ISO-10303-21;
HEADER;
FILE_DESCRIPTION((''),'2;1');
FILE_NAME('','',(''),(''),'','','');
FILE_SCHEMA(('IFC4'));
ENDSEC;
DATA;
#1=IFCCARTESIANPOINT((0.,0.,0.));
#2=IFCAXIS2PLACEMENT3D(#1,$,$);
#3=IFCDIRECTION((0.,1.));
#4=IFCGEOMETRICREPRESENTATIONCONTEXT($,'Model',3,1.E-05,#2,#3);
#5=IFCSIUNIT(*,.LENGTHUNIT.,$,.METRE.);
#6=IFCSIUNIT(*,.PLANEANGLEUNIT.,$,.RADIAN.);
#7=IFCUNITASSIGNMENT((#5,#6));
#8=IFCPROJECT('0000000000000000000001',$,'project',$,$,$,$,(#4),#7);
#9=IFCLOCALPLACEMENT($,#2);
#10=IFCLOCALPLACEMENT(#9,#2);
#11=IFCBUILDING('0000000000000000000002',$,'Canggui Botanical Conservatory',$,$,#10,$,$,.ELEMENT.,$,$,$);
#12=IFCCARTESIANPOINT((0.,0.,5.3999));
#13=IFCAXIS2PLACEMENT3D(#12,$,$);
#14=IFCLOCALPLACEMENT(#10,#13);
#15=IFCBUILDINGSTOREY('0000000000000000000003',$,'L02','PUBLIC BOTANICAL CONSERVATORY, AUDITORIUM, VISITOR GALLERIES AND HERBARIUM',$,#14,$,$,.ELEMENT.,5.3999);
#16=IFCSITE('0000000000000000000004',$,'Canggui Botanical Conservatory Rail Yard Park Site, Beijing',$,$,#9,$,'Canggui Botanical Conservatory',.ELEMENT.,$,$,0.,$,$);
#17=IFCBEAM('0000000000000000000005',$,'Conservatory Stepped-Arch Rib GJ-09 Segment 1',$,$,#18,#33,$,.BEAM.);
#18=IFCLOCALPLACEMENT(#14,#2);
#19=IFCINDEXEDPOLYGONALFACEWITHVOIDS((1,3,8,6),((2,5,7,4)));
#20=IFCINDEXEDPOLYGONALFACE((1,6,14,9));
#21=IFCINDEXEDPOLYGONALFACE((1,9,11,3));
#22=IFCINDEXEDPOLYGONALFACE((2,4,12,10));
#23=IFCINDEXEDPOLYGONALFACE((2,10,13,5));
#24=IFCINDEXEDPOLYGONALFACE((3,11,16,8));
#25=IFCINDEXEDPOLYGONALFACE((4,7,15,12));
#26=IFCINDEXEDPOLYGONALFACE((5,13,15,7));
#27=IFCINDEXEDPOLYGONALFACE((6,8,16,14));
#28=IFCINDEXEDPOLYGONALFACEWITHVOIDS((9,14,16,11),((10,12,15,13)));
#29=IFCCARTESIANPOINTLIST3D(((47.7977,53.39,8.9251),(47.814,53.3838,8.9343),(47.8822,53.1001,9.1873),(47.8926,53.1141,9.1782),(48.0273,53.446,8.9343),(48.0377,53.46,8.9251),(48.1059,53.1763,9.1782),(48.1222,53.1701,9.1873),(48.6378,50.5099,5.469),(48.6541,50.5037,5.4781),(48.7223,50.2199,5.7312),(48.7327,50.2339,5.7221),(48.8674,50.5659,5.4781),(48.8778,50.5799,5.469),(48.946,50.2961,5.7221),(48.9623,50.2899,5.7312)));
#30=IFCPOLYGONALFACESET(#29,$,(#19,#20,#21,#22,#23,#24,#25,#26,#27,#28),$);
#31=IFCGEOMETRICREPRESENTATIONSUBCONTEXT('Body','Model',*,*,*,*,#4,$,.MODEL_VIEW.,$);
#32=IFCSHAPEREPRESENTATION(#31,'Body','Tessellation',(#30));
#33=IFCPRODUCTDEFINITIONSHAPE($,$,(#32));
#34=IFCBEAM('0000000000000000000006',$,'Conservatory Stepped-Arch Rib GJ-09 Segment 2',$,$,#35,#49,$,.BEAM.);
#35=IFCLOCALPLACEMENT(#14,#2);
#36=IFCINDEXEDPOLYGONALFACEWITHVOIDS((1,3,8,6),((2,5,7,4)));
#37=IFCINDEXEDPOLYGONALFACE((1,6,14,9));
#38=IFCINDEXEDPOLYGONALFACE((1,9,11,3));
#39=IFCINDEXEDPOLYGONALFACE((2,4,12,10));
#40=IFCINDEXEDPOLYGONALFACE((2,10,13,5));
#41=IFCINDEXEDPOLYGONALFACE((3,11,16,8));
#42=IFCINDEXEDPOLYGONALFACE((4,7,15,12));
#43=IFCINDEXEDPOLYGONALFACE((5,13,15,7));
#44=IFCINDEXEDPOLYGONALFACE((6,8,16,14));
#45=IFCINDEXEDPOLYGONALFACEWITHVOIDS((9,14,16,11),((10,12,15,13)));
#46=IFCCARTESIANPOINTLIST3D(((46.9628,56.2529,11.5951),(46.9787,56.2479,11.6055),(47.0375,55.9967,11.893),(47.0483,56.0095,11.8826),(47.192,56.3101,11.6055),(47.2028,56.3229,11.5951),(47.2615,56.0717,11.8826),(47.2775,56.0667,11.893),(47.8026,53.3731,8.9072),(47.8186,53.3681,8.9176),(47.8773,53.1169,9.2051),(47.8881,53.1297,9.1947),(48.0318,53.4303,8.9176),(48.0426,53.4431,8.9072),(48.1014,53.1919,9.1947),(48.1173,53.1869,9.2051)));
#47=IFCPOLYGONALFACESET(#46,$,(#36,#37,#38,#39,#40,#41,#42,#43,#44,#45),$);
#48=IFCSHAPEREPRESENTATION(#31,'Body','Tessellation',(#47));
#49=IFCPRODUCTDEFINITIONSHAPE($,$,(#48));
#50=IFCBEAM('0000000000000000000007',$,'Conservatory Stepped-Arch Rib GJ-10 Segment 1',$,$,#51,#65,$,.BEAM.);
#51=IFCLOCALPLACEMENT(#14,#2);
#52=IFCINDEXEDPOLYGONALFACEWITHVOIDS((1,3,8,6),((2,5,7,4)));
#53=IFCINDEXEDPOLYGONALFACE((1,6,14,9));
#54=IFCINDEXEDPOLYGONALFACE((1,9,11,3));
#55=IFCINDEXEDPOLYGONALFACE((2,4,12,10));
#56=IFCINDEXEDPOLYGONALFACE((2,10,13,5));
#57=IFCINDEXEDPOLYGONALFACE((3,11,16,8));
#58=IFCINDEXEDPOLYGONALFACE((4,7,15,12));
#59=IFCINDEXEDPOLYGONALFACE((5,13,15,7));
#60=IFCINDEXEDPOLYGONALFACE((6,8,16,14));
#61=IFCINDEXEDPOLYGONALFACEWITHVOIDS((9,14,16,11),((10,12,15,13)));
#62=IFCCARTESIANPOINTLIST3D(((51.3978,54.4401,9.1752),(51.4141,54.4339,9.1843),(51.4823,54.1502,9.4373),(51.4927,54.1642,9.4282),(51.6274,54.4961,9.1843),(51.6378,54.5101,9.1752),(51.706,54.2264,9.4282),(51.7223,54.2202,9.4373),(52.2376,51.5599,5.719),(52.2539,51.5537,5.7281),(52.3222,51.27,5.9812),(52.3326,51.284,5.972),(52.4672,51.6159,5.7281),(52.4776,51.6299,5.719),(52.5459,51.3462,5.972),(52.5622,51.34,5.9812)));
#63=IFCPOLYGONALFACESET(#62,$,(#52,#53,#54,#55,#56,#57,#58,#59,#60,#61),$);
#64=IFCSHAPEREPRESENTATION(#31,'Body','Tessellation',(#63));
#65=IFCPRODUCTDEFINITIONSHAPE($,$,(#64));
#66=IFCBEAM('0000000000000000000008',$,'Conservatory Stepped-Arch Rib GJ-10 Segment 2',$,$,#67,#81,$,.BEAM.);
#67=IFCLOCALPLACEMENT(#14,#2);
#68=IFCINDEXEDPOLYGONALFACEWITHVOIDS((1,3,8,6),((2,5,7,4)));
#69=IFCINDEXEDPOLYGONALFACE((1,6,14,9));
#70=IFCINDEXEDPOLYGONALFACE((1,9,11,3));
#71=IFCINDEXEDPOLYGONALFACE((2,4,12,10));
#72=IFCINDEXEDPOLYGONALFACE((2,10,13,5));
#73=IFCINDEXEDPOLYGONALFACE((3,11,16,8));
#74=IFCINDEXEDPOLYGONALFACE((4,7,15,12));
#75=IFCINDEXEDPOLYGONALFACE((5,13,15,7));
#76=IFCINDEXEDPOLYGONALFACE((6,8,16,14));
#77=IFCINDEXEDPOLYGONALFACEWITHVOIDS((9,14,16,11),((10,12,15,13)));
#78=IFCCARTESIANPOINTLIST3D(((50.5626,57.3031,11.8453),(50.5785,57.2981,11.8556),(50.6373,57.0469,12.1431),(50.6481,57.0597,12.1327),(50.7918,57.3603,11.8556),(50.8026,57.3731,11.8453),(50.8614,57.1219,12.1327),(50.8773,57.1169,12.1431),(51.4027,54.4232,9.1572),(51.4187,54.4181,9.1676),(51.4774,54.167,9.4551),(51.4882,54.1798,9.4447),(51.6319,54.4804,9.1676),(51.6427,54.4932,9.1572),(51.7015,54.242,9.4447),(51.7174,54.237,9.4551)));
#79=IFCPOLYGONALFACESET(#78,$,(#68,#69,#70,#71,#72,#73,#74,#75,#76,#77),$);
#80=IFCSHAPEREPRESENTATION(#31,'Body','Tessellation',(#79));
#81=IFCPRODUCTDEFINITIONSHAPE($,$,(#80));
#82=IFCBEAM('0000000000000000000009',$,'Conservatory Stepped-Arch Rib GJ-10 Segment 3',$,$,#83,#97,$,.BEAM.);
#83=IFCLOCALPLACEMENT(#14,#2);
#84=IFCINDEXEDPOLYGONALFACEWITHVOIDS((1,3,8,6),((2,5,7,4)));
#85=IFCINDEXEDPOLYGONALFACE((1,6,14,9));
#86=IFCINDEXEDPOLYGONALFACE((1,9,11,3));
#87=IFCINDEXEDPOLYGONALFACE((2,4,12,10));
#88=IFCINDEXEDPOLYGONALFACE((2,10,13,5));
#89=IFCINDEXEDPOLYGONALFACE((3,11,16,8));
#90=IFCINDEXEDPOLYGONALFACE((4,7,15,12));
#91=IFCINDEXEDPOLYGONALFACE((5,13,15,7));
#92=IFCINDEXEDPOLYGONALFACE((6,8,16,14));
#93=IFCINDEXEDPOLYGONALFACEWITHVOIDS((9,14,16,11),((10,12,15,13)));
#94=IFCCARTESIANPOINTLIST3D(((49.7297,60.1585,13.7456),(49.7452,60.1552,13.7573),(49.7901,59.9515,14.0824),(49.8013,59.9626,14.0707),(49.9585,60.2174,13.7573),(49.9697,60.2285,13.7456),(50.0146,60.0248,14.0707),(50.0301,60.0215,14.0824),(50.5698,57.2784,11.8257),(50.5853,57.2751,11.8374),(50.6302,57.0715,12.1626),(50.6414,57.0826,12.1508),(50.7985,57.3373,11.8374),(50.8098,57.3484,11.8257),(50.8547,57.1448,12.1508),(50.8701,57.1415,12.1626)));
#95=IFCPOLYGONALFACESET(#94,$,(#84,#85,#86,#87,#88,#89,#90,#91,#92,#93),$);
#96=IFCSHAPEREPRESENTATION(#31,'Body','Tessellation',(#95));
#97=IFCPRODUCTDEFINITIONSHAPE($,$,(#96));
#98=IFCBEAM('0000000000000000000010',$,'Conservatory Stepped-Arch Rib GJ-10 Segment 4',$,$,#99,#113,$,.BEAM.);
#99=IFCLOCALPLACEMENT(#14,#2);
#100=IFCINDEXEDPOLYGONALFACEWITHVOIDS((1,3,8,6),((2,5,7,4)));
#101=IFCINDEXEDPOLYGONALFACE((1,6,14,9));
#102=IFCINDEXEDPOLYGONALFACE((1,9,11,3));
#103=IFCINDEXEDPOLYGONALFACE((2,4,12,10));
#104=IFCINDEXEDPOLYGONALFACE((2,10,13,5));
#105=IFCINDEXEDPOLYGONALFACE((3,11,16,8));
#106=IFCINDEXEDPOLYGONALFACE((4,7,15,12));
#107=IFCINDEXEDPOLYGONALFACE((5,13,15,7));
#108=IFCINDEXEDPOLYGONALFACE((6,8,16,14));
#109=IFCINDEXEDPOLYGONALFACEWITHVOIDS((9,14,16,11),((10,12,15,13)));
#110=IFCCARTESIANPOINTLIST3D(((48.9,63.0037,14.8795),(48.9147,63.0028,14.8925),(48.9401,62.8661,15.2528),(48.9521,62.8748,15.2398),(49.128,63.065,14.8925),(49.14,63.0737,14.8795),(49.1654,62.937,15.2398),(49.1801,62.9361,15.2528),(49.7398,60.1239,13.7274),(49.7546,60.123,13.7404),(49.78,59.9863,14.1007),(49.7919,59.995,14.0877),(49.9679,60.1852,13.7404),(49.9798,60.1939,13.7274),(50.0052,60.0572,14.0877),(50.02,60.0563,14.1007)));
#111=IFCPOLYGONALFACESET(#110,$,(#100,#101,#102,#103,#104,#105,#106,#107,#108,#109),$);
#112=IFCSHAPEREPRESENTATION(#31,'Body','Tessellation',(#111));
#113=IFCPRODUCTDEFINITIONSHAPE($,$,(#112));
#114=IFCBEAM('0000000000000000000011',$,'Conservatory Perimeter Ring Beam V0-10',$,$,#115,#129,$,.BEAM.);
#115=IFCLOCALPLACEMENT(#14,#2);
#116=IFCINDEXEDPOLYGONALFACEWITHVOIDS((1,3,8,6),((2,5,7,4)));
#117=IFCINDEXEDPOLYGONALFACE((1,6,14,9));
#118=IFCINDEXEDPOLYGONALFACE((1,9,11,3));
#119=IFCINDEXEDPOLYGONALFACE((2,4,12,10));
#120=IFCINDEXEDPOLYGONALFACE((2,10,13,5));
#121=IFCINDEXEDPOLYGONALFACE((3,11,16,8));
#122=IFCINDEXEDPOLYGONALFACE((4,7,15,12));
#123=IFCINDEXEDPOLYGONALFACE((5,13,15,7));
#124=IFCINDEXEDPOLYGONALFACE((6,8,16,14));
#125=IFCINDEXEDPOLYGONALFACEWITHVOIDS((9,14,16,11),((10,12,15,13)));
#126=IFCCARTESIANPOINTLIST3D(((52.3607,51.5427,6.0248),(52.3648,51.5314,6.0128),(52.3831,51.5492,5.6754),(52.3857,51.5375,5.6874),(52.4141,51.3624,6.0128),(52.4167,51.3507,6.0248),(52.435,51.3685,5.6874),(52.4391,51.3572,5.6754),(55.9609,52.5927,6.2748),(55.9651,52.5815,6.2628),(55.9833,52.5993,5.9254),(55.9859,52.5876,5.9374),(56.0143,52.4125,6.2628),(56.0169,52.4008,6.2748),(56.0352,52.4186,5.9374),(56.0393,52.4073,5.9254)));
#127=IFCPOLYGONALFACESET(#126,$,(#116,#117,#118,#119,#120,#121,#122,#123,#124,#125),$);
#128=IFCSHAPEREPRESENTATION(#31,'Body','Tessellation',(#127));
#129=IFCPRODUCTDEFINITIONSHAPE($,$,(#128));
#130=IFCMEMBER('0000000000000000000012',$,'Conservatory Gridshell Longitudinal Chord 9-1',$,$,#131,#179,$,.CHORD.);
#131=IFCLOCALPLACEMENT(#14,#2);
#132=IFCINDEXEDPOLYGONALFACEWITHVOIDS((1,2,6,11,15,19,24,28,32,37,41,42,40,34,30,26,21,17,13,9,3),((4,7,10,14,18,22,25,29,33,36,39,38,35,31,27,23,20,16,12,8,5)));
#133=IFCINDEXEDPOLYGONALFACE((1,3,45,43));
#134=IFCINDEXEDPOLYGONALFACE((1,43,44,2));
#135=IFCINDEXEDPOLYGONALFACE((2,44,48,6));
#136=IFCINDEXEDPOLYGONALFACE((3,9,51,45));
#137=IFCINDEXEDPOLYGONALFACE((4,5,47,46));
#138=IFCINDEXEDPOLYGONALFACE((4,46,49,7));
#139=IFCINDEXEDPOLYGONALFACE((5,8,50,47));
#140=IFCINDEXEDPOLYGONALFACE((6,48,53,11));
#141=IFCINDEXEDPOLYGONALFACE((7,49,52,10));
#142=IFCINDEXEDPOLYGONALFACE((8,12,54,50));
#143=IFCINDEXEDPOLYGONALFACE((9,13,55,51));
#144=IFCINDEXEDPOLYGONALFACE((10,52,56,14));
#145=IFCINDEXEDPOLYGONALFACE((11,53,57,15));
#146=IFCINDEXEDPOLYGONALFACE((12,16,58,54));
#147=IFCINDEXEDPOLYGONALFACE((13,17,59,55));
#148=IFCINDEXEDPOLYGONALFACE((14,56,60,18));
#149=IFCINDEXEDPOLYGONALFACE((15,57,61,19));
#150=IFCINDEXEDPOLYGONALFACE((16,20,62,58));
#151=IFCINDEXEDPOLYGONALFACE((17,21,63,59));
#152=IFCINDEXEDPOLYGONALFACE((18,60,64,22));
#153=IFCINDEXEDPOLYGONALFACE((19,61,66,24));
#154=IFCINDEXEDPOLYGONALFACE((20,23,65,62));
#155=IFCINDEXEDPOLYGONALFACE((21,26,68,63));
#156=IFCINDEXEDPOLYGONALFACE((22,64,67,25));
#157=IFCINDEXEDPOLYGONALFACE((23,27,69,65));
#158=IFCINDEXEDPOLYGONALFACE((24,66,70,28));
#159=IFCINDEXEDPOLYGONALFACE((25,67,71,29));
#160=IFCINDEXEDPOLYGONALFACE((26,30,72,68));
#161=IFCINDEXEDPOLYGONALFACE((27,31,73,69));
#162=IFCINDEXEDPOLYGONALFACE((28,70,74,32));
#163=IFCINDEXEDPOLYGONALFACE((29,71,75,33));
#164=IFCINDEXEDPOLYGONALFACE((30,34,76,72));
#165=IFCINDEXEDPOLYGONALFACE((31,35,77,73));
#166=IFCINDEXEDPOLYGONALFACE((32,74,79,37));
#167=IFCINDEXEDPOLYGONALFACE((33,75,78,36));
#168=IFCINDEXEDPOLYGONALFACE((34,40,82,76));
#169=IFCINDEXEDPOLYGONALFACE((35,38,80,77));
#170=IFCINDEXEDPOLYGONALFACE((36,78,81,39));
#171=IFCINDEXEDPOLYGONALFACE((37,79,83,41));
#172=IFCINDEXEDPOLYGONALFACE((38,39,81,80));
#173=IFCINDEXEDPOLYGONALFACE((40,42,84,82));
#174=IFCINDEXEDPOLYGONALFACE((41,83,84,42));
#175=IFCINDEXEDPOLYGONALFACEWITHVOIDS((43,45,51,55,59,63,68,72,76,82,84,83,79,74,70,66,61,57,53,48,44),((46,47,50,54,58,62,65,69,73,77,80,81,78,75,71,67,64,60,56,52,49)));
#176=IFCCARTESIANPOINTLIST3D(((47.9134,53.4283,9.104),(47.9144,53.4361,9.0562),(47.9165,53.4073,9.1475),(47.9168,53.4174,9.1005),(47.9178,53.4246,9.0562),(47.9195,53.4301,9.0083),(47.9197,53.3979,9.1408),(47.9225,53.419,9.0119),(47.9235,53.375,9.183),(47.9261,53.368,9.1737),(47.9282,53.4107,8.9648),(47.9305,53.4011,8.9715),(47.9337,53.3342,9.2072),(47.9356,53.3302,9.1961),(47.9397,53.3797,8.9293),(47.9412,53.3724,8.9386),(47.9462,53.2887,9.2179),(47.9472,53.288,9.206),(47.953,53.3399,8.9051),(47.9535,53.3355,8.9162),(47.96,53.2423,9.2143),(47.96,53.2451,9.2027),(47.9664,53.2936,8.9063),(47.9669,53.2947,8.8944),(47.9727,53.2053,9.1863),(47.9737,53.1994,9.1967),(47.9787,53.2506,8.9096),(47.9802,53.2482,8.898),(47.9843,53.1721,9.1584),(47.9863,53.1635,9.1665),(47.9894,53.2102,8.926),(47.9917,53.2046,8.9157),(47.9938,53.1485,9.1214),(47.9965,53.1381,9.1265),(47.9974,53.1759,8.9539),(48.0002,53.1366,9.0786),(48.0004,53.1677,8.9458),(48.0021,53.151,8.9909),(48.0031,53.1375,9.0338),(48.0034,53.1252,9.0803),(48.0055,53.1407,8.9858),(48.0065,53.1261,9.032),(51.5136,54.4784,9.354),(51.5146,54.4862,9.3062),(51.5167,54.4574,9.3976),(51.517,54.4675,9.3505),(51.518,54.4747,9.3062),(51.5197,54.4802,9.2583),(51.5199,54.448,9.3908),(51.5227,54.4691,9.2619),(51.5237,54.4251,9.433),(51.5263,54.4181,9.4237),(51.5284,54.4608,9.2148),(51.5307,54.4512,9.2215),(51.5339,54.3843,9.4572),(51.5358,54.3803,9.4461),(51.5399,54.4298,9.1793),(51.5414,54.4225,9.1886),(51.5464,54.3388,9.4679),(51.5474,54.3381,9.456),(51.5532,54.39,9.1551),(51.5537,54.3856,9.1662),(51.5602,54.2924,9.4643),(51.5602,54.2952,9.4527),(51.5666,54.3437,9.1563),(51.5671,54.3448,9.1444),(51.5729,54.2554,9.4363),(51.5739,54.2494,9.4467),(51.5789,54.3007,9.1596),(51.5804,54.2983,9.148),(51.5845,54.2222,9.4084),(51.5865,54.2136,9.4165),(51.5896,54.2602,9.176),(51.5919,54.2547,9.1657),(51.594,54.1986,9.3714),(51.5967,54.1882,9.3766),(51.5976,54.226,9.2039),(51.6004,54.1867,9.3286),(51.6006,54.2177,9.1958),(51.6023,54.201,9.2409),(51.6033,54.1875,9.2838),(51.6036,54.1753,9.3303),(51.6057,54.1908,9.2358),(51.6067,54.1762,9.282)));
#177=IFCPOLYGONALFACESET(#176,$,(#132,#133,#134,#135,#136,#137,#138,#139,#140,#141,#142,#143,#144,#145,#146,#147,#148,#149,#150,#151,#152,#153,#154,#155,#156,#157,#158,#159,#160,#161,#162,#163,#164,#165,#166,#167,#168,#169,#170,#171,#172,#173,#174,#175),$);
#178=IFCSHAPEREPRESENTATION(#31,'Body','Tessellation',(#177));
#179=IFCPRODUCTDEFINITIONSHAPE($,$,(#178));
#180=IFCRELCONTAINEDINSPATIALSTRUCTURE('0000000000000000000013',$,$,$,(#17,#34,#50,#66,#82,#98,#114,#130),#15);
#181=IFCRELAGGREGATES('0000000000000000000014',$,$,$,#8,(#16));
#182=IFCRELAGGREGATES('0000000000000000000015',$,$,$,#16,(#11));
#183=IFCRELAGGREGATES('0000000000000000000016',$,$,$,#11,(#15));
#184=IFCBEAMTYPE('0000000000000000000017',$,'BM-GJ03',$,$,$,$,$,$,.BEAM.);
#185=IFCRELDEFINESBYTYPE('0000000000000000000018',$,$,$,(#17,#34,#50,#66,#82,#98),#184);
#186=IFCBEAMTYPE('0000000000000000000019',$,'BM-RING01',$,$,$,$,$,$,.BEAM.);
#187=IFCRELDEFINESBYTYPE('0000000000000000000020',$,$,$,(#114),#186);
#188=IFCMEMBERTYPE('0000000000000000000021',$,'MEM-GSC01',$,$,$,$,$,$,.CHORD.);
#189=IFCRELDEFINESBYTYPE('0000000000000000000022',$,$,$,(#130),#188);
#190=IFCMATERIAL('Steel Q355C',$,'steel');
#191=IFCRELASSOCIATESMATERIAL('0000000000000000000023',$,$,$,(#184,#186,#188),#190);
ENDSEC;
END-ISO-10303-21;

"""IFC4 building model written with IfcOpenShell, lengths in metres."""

from ifc_helpers import new_model, si_unit, direction, frame, origin, origin_2d, place, context, subcontext, project, spatial, hollow_rectangle, hollow_circle, extrude, material, material_profile, profile_set, type_object, element, save


model = new_model("IFC4")

# Units and contexts
model_context = context("Model", 3, precision=1e-05, world=origin(), true_north=direction((0.0, 1.0)))
body_context = subcontext(model_context, "Body", "Model", "MODEL_VIEW")
ifc_project = project(units=[si_unit("LENGTHUNIT", "METRE"), si_unit("PLANEANGLEUNIT", "RADIAN")], contexts=[model_context])

# Site, building, storey
site_placement = place(None, origin())
site = spatial("IfcSite", under=ifc_project, at=site_placement, Name="Canggui Botanical Conservatory Rail Yard Park Site, Beijing", LongName="Canggui Botanical Conservatory", CompositionType="ELEMENT", RefElevation=0.0)
building_placement = place(site_placement, origin())
building = spatial("IfcBuilding", under=site, at=building_placement, Name="Canggui Botanical Conservatory", CompositionType="ELEMENT")
storey_placement = place(building_placement, frame((0.0, 0.0, 5.3999)))
storey = spatial("IfcBuildingStorey", under=building, at=storey_placement, Name="L02", Description="PUBLIC BOTANICAL CONSERVATORY, AUDITORIUM, VISITOR GALLERIES AND HERBARIUM", CompositionType="ELEMENT", Elevation=5.3999)

# Beams
ifc_material_1 = material(Name="Steel Q355C", Category="steel")
ifc_material_profile_1 = material_profile(ifc_material_1, hollow_rectangle(XDim=0.25, YDim=0.3999, WallThickness=0.0139, at=origin_2d()), Name="RHS 250x400x14")
ifc_profile_set_1 = profile_set([ifc_material_profile_1], Name="Steel Q355C")
beam_type_1 = type_object("IfcBeamType", Name="BM-GJ03", PredefinedType="BEAM", material=ifc_profile_set_1)
beam_1_placement = place(storey_placement, frame((48.8, 50.3999, 5.6001), z_axis=(-0.183562, 0.629317, 0.755159), x_axis=(-0.959995, -0.280016, 0.0)))
element("IfcBeam", 1, at=beam_1_placement, inside=storey, type_object=beam_type_1, Name="Conservatory Stepped-Arch Rib GJ-09 Segment 1", PredefinedType="BEAM", context=body_context, shape_type="SweptSolid", body=[
    extrude(hollow_rectangle(XDim=0.25, YDim=0.3999, WallThickness=0.0139, at=origin_2d()), origin(), (0.0, 0.0, 1.0), 4.5767),
])
beam_2_placement = place(storey_placement, frame((47.96, 53.28, 9.0562), z_axis=(-0.208504, 0.714976, 0.667335), x_axis=(-0.960011, -0.279962, 0.0)))
element("IfcBeam", 2, at=beam_2_placement, inside=storey, type_object=beam_type_1, Name="Conservatory Stepped-Arch Rib GJ-09 Segment 2", PredefinedType="BEAM", context=body_context, shape_type="SweptSolid", body=[
    extrude(hollow_rectangle(XDim=0.25, YDim=0.3999, WallThickness=0.0139, at=origin_2d()), origin(), (0.0, 0.0, 1.0), 4.0278),
])
beam_3_placement = place(storey_placement, frame((52.3999, 51.45, 5.8501), z_axis=(-0.18351, 0.629323, 0.755166), x_axis=(-0.960017, -0.279941, 0.0)))
element("IfcBeam", 3, at=beam_3_placement, inside=storey, type_object=beam_type_1, Name="Conservatory Stepped-Arch Rib GJ-10 Segment 1", PredefinedType="BEAM", context=body_context, shape_type="SweptSolid", body=[
    extrude(hollow_rectangle(XDim=0.25, YDim=0.3999, WallThickness=0.0139, at=origin_2d()), origin(), (0.0, 0.0, 1.0), 4.5767),
])
beam_4_placement = place(storey_placement, frame((51.5601, 54.3301, 9.3062), z_axis=(-0.208562, 0.714967, 0.667326), x_axis=(-0.959989, -0.280038, 0.0)))
element("IfcBeam", 4, at=beam_4_placement, inside=storey, type_object=beam_type_1, Name="Conservatory Stepped-Arch Rib GJ-10 Segment 2", PredefinedType="BEAM", context=body_context, shape_type="SweptSolid", body=[
    extrude(hollow_rectangle(XDim=0.25, YDim=0.3999, WallThickness=0.0139, at=origin_2d()), origin(), (0.0, 0.0, 1.0), 4.0281),
])
beam_5_placement = place(storey_placement, frame((50.72, 57.21, 11.9941), z_axis=(-0.235855, 0.808598, 0.539019), x_axis=(-0.959995, -0.280016, 0.0)))
element("IfcBeam", 5, at=beam_5_placement, inside=storey, type_object=beam_type_1, Name="Conservatory Stepped-Arch Rib GJ-10 Segment 3", PredefinedType="BEAM", context=body_context, shape_type="SweptSolid", body=[
    extrude(hollow_rectangle(XDim=0.25, YDim=0.3999, WallThickness=0.0139, at=origin_2d()), origin(), (0.0, 0.0, 1.0), 3.5618),
])
beam_6_placement = place(storey_placement, frame((49.8799, 60.0901, 13.9141), z_axis=(-0.261351, 0.896191, 0.358522), x_axis=(-0.960011, -0.279962, 0.0)))
element("IfcBeam", 6, at=beam_6_placement, inside=storey, type_object=beam_type_1, Name="Conservatory Stepped-Arch Rib GJ-10 Segment 4", PredefinedType="BEAM", context=body_context, shape_type="SweptSolid", body=[
    extrude(hollow_rectangle(XDim=0.25, YDim=0.3999, WallThickness=0.0139, at=origin_2d()), origin(), (0.0, 0.0, 1.0), 3.2134),
])
ifc_material_profile_2 = material_profile(ifc_material_1, hollow_rectangle(XDim=0.2, YDim=0.3501, WallThickness=0.012, at=origin_2d()), Name="RHS 200x350x12")
ifc_profile_set_2 = profile_set([ifc_material_profile_2], Name="Steel Q355C")
beam_type_2 = type_object("IfcBeamType", Name="BM-RING01", PredefinedType="BEAM", material=ifc_profile_set_2)
beam_7_placement = place(storey_placement, frame((52.3999, 51.45, 5.8501), z_axis=(0.957872, 0.279385, 0.066517), x_axis=(-0.280005, 0.959999, 0.0)))
element("IfcBeam", 7, at=beam_7_placement, inside=storey, type_object=beam_type_2, Name="Conservatory Perimeter Ring Beam V0-10", PredefinedType="BEAM", context=body_context, shape_type="SweptSolid", body=[
    extrude(hollow_rectangle(XDim=0.2, YDim=0.3501, WallThickness=0.012, at=origin_2d()), origin(), (0.0, 0.0, 1.0), 3.7585),
])

# Member
ifc_material_profile_3 = material_profile(ifc_material_1, hollow_circle(Radius=0.1626, WallThickness=0.012, at=origin_2d()), Name="CHS 325x12")
ifc_profile_set_3 = profile_set([ifc_material_profile_3], Name="Steel Q355C")
member_type_1 = type_object("IfcMemberType", Name="MEM-GSC01", PredefinedType="CHORD", material=ifc_profile_set_3)
member_1_placement = place(storey_placement, frame((47.96, 53.28, 9.0562), z_axis=(0.957872, 0.279385, 0.066517), x_axis=(-0.280005, 0.959999, 0.0)))
element("IfcMember", 8, at=member_1_placement, inside=storey, type_object=member_type_1, Name="Conservatory Gridshell Longitudinal Chord 9-1", PredefinedType="CHORD", context=body_context, shape_type="SweptSolid", body=[
    extrude(hollow_circle(Radius=0.1626, WallThickness=0.012, at=origin_2d()), origin(), (0.0, 0.0, 1.0), 3.7585),
])

save(model, "model.ifc")
